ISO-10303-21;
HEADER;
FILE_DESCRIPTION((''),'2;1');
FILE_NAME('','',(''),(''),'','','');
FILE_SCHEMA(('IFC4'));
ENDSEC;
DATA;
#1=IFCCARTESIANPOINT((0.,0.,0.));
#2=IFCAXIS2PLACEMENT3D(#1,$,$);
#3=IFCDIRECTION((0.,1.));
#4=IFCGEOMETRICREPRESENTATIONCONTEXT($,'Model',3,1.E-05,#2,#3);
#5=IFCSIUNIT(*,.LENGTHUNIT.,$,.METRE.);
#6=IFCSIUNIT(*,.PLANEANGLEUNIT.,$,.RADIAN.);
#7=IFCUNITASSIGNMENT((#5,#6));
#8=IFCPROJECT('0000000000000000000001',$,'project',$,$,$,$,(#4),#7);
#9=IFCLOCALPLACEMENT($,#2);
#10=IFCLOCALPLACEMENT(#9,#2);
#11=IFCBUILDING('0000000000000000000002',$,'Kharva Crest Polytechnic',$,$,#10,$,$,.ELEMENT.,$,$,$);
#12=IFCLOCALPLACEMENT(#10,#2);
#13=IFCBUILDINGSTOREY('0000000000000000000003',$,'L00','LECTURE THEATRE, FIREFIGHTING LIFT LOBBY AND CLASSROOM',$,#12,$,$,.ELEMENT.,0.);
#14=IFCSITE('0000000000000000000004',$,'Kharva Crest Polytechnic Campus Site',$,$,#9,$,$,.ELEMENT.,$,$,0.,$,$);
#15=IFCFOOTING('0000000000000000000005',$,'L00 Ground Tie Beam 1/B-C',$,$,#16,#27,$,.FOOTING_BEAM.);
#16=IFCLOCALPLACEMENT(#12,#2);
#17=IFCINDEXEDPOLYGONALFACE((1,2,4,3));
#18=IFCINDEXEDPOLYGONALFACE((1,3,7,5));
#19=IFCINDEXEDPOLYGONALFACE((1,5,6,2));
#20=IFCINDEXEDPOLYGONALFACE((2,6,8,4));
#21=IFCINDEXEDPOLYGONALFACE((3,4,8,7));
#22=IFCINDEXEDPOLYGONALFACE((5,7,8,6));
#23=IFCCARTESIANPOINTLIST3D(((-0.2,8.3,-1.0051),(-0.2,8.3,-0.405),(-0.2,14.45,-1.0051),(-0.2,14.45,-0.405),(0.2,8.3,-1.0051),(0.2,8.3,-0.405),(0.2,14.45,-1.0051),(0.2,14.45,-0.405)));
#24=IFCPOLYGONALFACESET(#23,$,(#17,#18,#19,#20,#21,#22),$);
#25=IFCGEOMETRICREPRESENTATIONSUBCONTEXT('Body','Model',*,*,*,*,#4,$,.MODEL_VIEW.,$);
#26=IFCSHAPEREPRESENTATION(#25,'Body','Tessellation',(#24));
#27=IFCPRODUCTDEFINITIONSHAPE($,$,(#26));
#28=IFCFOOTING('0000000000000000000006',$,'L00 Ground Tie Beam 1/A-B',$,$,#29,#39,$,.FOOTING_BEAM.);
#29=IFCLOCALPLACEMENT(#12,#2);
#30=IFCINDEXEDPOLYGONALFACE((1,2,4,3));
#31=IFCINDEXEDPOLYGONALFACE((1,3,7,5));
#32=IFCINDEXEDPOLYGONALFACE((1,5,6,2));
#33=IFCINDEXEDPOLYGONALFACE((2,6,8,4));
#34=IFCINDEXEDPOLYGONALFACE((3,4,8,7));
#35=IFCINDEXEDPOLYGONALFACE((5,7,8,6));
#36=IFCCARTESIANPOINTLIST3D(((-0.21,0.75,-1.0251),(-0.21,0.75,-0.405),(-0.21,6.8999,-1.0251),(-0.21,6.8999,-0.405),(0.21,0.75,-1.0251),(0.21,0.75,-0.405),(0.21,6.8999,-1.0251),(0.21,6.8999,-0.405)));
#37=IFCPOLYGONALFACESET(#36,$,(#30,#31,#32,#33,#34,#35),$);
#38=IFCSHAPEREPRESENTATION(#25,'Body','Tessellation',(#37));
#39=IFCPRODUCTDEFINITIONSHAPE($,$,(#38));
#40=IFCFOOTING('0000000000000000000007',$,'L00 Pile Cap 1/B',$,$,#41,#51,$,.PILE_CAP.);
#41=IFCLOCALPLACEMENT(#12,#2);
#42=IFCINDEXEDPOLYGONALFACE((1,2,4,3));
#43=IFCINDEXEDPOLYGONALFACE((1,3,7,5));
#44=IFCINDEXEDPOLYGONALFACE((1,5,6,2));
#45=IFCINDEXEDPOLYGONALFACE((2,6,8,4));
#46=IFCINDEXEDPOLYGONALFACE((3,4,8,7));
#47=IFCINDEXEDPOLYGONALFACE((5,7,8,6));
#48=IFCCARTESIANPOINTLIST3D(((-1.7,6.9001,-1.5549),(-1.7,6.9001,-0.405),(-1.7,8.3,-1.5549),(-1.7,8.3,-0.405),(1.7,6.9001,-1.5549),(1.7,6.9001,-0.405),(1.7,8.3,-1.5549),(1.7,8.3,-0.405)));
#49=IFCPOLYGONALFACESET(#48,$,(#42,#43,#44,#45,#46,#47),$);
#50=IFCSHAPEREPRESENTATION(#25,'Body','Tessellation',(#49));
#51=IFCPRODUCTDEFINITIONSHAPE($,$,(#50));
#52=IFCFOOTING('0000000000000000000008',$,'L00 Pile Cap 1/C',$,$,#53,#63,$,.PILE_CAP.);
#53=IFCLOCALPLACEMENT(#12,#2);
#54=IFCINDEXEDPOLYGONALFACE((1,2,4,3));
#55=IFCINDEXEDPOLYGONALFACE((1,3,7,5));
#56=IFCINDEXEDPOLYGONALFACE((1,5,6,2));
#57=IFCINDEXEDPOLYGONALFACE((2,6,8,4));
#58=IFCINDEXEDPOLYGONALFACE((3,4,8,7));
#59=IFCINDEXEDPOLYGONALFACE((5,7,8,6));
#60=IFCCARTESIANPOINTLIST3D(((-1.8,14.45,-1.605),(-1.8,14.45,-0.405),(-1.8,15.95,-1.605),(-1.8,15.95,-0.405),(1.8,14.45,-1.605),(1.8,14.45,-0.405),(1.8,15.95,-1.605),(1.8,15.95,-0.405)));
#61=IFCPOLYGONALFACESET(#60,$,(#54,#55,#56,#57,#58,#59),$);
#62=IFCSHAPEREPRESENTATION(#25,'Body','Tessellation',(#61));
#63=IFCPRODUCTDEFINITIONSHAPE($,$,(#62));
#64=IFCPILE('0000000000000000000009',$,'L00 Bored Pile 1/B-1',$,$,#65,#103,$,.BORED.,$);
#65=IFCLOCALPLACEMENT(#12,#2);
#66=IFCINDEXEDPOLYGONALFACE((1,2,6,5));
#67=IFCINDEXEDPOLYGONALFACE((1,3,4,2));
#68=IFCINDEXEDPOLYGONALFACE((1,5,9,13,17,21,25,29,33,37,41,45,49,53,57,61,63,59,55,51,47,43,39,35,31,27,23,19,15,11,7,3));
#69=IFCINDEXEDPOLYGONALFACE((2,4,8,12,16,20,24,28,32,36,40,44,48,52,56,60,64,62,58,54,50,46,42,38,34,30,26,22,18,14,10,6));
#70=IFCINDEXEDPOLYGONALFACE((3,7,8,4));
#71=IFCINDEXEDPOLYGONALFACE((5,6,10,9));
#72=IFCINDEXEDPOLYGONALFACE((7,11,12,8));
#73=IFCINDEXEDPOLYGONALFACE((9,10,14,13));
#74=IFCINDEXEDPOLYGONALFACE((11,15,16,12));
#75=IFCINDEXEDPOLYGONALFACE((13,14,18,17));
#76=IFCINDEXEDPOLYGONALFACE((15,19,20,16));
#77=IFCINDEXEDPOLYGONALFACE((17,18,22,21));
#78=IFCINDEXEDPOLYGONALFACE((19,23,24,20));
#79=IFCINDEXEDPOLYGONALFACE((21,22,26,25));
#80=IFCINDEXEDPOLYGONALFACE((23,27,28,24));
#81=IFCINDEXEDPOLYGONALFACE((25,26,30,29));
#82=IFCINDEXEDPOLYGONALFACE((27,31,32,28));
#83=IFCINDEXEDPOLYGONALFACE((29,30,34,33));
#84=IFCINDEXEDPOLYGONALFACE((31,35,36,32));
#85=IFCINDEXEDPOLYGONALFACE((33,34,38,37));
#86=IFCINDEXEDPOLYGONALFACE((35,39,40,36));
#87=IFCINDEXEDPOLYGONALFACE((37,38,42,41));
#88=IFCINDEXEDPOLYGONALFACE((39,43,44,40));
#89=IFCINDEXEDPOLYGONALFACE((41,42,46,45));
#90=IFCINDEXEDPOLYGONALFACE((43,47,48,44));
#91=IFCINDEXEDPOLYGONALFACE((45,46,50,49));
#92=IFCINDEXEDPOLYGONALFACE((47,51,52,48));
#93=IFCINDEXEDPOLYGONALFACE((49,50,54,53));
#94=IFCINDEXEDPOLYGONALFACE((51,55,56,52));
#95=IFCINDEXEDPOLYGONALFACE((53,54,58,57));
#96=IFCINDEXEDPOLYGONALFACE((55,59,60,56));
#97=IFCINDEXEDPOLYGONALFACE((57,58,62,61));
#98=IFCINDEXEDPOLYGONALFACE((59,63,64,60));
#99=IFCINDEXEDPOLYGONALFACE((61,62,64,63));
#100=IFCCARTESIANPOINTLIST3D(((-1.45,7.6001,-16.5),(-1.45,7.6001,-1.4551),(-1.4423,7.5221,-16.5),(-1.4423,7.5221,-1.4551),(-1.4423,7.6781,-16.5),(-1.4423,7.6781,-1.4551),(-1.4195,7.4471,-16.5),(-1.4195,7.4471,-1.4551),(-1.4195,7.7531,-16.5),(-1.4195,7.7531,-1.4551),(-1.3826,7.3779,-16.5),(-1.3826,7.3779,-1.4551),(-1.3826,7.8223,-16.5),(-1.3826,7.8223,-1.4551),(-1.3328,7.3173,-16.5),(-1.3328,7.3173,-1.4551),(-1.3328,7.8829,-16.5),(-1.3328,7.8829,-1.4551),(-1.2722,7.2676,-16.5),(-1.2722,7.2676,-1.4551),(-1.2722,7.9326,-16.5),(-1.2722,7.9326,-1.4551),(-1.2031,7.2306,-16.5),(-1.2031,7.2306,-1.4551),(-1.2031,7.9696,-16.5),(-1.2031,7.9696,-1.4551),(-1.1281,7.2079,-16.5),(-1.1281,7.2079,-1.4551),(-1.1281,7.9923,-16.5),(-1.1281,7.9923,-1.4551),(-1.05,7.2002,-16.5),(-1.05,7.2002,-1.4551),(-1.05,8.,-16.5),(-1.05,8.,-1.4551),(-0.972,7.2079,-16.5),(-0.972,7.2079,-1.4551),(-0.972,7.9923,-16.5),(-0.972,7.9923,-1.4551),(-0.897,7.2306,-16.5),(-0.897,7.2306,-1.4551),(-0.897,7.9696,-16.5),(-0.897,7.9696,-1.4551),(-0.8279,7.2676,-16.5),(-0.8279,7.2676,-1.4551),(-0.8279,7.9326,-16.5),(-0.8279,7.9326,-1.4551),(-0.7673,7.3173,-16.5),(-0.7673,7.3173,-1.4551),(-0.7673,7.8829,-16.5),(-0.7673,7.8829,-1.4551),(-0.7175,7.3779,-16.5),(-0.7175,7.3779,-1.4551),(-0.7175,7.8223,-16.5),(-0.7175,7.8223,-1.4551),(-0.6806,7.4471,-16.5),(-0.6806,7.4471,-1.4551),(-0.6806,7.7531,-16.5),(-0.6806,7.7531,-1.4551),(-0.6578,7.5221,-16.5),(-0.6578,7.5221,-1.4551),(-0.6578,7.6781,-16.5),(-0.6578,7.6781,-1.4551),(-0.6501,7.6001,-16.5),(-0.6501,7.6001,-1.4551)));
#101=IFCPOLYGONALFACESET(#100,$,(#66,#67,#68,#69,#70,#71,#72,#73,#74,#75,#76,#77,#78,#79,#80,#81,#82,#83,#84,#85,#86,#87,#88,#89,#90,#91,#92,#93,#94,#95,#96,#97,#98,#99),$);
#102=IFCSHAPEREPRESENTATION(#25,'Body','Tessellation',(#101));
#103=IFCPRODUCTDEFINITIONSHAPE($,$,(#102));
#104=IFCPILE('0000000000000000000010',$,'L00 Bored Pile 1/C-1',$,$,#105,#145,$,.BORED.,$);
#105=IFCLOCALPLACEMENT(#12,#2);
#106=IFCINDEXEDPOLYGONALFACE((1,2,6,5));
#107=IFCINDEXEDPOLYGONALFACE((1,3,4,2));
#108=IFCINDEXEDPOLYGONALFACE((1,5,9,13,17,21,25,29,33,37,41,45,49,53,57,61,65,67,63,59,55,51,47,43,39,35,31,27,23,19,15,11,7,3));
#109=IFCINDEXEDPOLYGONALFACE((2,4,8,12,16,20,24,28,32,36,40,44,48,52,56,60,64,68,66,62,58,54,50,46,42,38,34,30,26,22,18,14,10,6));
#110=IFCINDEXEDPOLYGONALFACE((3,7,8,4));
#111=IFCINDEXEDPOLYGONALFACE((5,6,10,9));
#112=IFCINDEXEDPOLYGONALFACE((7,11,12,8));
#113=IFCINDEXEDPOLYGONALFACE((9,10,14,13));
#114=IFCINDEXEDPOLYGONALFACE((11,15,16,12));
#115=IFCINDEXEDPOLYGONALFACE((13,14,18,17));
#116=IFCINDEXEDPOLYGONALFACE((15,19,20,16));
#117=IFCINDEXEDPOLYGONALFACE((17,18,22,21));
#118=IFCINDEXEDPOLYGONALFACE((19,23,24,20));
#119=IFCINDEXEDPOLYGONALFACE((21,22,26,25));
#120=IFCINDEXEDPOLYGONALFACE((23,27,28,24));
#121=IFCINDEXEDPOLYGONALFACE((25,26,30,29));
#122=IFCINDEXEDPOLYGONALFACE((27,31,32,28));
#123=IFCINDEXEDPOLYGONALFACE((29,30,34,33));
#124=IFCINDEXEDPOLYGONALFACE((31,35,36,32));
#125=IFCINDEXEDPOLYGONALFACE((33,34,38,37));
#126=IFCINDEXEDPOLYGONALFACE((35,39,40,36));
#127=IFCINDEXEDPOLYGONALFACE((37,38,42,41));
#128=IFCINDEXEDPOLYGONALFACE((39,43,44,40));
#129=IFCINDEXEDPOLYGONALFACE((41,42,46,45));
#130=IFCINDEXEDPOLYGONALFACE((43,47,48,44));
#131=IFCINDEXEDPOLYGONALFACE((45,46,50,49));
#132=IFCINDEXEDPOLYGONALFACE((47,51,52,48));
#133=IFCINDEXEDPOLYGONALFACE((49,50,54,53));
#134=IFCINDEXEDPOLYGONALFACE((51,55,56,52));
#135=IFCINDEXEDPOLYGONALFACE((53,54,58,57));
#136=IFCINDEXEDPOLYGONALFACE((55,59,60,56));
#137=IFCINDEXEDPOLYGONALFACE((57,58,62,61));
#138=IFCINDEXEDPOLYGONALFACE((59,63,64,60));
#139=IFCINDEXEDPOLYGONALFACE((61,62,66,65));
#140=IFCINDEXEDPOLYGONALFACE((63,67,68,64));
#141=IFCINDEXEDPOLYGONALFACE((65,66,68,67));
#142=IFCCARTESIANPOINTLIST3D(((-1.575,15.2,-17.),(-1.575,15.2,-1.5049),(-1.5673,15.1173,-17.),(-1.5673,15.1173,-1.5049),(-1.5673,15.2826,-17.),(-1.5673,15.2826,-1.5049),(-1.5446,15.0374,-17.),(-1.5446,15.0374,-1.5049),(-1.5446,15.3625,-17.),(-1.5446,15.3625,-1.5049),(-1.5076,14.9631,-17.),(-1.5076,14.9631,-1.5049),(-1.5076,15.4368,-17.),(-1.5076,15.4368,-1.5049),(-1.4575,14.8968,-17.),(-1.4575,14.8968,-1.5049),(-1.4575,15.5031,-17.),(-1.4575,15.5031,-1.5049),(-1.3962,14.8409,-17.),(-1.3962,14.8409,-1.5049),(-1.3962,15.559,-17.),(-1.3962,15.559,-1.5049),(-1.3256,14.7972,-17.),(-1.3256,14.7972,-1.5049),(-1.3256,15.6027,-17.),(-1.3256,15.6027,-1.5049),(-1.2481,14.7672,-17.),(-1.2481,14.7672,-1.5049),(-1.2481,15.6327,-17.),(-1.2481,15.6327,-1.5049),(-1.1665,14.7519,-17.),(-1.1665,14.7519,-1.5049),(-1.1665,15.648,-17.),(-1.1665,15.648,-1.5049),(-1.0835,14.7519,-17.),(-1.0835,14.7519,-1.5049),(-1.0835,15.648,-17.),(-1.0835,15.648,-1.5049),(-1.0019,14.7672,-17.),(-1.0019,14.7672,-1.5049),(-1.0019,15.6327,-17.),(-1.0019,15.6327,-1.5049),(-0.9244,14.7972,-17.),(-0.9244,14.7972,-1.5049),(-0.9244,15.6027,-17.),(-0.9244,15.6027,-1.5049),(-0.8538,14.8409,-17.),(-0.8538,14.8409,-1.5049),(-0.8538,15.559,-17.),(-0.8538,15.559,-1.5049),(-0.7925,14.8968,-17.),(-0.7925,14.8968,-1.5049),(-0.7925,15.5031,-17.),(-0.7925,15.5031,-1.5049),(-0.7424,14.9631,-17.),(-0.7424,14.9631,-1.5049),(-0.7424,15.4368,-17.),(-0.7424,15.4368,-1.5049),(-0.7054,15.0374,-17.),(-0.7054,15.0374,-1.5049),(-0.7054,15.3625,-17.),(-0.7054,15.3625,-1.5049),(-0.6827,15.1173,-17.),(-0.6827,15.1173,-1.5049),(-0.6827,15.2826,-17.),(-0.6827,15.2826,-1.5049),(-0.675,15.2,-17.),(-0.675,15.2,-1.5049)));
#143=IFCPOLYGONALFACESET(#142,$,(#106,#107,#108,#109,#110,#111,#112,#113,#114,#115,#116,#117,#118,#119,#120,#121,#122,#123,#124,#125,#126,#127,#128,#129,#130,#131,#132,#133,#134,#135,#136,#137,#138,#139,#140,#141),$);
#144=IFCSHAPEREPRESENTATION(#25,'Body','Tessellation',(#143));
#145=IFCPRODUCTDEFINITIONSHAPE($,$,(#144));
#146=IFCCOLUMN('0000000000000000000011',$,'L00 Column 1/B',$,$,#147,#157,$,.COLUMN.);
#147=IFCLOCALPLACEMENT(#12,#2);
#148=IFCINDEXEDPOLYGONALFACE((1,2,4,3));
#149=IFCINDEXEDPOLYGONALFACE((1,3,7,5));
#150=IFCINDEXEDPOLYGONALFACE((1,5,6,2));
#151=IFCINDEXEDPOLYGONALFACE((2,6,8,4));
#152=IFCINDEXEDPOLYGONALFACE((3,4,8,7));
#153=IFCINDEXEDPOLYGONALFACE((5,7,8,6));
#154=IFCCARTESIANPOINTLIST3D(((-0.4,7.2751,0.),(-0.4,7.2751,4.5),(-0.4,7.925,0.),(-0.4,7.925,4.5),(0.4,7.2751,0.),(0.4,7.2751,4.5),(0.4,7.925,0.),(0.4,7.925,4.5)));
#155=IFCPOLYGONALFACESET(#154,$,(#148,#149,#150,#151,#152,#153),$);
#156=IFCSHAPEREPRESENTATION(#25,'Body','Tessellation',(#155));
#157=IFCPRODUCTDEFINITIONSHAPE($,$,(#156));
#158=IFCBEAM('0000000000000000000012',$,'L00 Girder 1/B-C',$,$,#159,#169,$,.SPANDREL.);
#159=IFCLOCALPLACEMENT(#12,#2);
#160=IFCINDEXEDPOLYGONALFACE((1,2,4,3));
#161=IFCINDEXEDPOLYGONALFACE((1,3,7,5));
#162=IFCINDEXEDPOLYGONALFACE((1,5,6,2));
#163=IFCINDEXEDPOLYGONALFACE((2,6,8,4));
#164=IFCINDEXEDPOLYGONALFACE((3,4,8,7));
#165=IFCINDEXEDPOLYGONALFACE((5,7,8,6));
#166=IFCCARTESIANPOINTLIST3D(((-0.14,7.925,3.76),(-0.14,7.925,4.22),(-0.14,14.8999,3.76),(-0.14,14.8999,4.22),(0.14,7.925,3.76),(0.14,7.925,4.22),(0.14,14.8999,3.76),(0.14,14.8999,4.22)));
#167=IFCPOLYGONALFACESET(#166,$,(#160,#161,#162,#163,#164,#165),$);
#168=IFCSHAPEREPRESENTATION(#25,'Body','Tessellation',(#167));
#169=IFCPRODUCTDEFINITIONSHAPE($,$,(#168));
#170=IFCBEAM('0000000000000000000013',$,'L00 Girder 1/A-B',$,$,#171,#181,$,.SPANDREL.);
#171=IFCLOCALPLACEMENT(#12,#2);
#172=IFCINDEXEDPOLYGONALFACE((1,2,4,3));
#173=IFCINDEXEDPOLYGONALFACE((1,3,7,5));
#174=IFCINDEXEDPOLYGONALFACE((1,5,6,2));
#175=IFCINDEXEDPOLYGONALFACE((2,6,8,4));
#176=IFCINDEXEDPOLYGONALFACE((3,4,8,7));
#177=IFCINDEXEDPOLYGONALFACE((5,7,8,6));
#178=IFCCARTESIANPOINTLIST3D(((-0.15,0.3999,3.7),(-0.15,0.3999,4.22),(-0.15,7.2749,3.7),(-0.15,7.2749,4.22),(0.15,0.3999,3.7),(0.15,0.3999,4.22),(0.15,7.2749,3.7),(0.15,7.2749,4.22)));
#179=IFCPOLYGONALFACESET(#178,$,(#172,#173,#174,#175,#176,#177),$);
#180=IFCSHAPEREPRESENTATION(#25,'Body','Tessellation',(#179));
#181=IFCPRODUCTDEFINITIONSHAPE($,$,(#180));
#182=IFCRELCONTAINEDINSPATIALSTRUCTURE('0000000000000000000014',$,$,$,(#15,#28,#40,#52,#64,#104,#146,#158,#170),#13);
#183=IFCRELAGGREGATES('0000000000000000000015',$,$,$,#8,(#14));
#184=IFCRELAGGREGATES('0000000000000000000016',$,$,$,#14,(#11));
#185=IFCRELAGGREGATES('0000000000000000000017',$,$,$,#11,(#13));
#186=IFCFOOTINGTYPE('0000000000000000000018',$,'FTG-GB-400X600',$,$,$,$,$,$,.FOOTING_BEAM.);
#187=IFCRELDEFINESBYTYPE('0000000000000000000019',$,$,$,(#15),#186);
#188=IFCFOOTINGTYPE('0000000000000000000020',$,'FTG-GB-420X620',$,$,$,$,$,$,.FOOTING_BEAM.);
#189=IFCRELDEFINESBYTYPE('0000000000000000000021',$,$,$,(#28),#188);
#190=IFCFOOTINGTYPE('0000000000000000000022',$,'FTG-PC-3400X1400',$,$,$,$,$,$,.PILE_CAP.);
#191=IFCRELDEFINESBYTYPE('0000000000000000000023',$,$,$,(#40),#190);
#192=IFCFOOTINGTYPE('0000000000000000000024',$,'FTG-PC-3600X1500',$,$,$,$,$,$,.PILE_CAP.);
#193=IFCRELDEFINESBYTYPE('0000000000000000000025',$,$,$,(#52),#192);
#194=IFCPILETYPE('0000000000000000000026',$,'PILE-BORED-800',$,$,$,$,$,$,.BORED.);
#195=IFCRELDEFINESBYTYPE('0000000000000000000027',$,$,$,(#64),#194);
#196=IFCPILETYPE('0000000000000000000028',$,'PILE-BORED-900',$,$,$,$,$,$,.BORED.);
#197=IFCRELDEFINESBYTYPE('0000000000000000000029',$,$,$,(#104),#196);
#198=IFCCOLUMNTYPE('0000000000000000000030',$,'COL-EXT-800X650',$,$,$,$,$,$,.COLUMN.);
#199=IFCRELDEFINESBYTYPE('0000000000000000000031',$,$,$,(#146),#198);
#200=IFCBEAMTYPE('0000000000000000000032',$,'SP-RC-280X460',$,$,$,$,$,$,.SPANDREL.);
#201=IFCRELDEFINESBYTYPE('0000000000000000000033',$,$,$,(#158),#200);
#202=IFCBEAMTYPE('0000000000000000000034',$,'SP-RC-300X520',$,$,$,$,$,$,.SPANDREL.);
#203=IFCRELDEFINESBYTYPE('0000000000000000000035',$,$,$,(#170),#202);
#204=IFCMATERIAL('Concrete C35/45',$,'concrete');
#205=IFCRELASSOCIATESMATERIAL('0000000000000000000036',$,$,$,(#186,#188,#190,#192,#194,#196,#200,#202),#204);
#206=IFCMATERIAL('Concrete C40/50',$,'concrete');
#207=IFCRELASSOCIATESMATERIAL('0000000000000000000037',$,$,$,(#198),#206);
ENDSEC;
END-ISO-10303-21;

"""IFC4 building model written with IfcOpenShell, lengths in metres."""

from ifc_helpers import new_model, si_unit, direction, frame, origin, origin_2d, place, context, subcontext, project, spatial, rectangle, circle, extrude, material, material_profile, profile_set, type_object, element, save


model = new_model("IFC4")

# Units and contexts
model_context = context("Model", 3, precision=1e-05, world=origin(), true_north=direction((0.0, 1.0)))
body_context = subcontext(model_context, "Body", "Model", "MODEL_VIEW")
ifc_project = project(units=[si_unit("LENGTHUNIT", "METRE"), si_unit("PLANEANGLEUNIT", "RADIAN")], contexts=[model_context])

# Site, building, storey
site_placement = place(None, origin())
site = spatial("IfcSite", under=ifc_project, at=site_placement, Name="Kharva Crest Polytechnic Campus Site", CompositionType="ELEMENT", RefElevation=0.0)
building_placement = place(site_placement, origin())
building = spatial("IfcBuilding", under=site, at=building_placement, Name="Kharva Crest Polytechnic", CompositionType="ELEMENT")
storey_placement = place(building_placement, origin())
storey = spatial("IfcBuildingStorey", under=building, at=storey_placement, Name="L00", Description="LECTURE THEATRE, FIREFIGHTING LIFT LOBBY AND CLASSROOM", CompositionType="ELEMENT", Elevation=0.0)

# Footings
ifc_material_1 = material(Name="Concrete C35/45", Category="concrete")
footing_type_1 = type_object("IfcFootingType", Name="FTG-GB-400X600", PredefinedType="FOOTING_BEAM", material=ifc_material_1)
footing_1_placement = place(storey_placement, frame((0.0, 11.375, -1.0051), z_axis=(0.0, 0.0, 1.0), x_axis=(0.0, 1.0, 0.0)))
element("IfcFooting", 1, at=footing_1_placement, inside=storey, type_object=footing_type_1, Name="L00 Ground Tie Beam 1/B-C", PredefinedType="FOOTING_BEAM", context=body_context, shape_type="SweptSolid", body=[
    extrude(rectangle(XDim=6.1499, YDim=0.3999, at=origin_2d()), origin(), (0.0, 0.0, 1.0), 0.6001),
])
footing_type_2 = type_object("IfcFootingType", Name="FTG-GB-420X620", PredefinedType="FOOTING_BEAM", material=ifc_material_1)
footing_2_placement = place(storey_placement, frame((0.0, 3.825, -1.0251), z_axis=(0.0, 0.0, 1.0), x_axis=(0.0, 1.0, 0.0)))
element("IfcFooting", 2, at=footing_2_placement, inside=storey, type_object=footing_type_2, Name="L00 Ground Tie Beam 1/A-B", PredefinedType="FOOTING_BEAM", context=body_context, shape_type="SweptSolid", body=[
    extrude(rectangle(XDim=6.1499, YDim=0.4199, at=origin_2d()), origin(), (0.0, 0.0, 1.0), 0.6201),
])
footing_type_3 = type_object("IfcFootingType", Name="FTG-PC-3400X1400", PredefinedType="PILE_CAP", material=ifc_material_1)
footing_3_placement = place(storey_placement, frame((0.0, 7.6001, -1.5549), z_axis=(0.0, 0.0, 1.0), x_axis=(1.0, 0.0, 0.0)))
element("IfcFooting", 3, at=footing_3_placement, inside=storey, type_object=footing_type_3, Name="L00 Pile Cap 1/B", PredefinedType="PILE_CAP", context=body_context, shape_type="SweptSolid", body=[
    extrude(rectangle(XDim=3.3999, YDim=1.3999, at=origin_2d()), origin(), (0.0, 0.0, 1.0), 1.1499),
])
footing_type_4 = type_object("IfcFootingType", Name="FTG-PC-3600X1500", PredefinedType="PILE_CAP", material=ifc_material_1)
footing_4_placement = place(storey_placement, frame((0.0, 15.2, -1.605), z_axis=(0.0, 0.0, 1.0), x_axis=(1.0, 0.0, 0.0)))
element("IfcFooting", 4, at=footing_4_placement, inside=storey, type_object=footing_type_4, Name="L00 Pile Cap 1/C", PredefinedType="PILE_CAP", context=body_context, shape_type="SweptSolid", body=[
    extrude(rectangle(XDim=3.6001, YDim=1.5, at=origin_2d()), origin(), (0.0, 0.0, 1.0), 1.2),
])

# Piles
ifc_material_profile_1 = material_profile(ifc_material_1, circle(Radius=0.3999, at=origin_2d()), Name="DIA 800")
ifc_profile_set_1 = profile_set([ifc_material_profile_1], Name="Concrete C35/45")
pile_type_1 = type_object("IfcPileType", Name="PILE-BORED-800", PredefinedType="BORED", material=ifc_profile_set_1)
pile_1_placement = place(storey_placement, frame((-1.05, 7.6001, -1.4551), z_axis=(0.0, 0.0, -1.0), x_axis=(1.0, 0.0, 0.0)))
element("IfcPile", 5, at=pile_1_placement, inside=storey, type_object=pile_type_1, Name="L00 Bored Pile 1/B-1", PredefinedType="BORED", context=body_context, shape_type="SweptSolid", body=[
    extrude(circle(Radius=0.3999, at=origin_2d()), origin(), (0.0, 0.0, 1.0), 15.0449),
])
ifc_material_profile_2 = material_profile(ifc_material_1, circle(Radius=0.45, at=origin_2d()), Name="DIA 900")
ifc_profile_set_2 = profile_set([ifc_material_profile_2], Name="Concrete C35/45")
pile_type_2 = type_object("IfcPileType", Name="PILE-BORED-900", PredefinedType="BORED", material=ifc_profile_set_2)
pile_2_placement = place(storey_placement, frame((-1.125, 15.2, -1.5049), z_axis=(0.0, 0.0, -1.0), x_axis=(1.0, 0.0, 0.0)))
element("IfcPile", 6, at=pile_2_placement, inside=storey, type_object=pile_type_2, Name="L00 Bored Pile 1/C-1", PredefinedType="BORED", context=body_context, shape_type="SweptSolid", body=[
    extrude(circle(Radius=0.45, at=origin_2d()), origin(), (0.0, 0.0, 1.0), 15.4951),
])

# Column
ifc_material_2 = material(Name="Concrete C40/50", Category="concrete")
ifc_material_profile_3 = material_profile(ifc_material_2, rectangle(XDim=0.8, YDim=0.6499, at=origin_2d()), Name="RECT 800 X 650")
ifc_profile_set_3 = profile_set([ifc_material_profile_3], Name="Concrete C40/50")
column_type = type_object("IfcColumnType", Name="COL-EXT-800X650", PredefinedType="COLUMN", material=ifc_profile_set_3)
column_placement = place(storey_placement, frame((0.0, 7.6001, 0.0), z_axis=(0.0, 0.0, 1.0), x_axis=(1.0, 0.0, 0.0)))
element("IfcColumn", 7, at=column_placement, inside=storey, type_object=column_type, Name="L00 Column 1/B", PredefinedType="COLUMN", context=body_context, shape_type="SweptSolid", body=[
    extrude(rectangle(XDim=0.8, YDim=0.6499, at=origin_2d()), origin(), (0.0, 0.0, 1.0), 4.5),
])

# Beams
ifc_material_profile_4 = material_profile(ifc_material_1, rectangle(XDim=0.28, YDim=0.46, at=origin_2d()), Name="RECT 280 X 460")
ifc_profile_set_4 = profile_set([ifc_material_profile_4], Name="Concrete C35/45")
beam_type_1 = type_object("IfcBeamType", Name="SP-RC-280X460", PredefinedType="SPANDREL", material=ifc_profile_set_4)
beam_1_placement = place(storey_placement, frame((0.0, 7.925, 3.99), z_axis=(0.0, 1.0, 0.0), x_axis=(-1.0, 0.0, 0.0)))
element("IfcBeam", 8, at=beam_1_placement, inside=storey, type_object=beam_type_1, Name="L00 Girder 1/B-C", PredefinedType="SPANDREL", context=body_context, shape_type="SweptSolid", body=[
    extrude(rectangle(XDim=0.28, YDim=0.46, at=origin_2d()), origin(), (0.0, 0.0, 1.0), 6.9749),
])
ifc_material_profile_5 = material_profile(ifc_material_1, rectangle(XDim=0.3, YDim=0.52, at=origin_2d()), Name="RECT 300 X 520")
ifc_profile_set_5 = profile_set([ifc_material_profile_5], Name="Concrete C35/45")
beam_type_2 = type_object("IfcBeamType", Name="SP-RC-300X520", PredefinedType="SPANDREL", material=ifc_profile_set_5)
beam_2_placement = place(storey_placement, frame((0.0, 0.3999, 3.96), z_axis=(0.0, 1.0, 0.0), x_axis=(-1.0, 0.0, 0.0)))
element("IfcBeam", 9, at=beam_2_placement, inside=storey, type_object=beam_type_2, Name="L00 Girder 1/A-B", PredefinedType="SPANDREL", context=body_context, shape_type="SweptSolid", body=[
    extrude(rectangle(XDim=0.3, YDim=0.52, at=origin_2d()), origin(), (0.0, 0.0, 1.0), 6.875),
])

save(model, "model.ifc")
